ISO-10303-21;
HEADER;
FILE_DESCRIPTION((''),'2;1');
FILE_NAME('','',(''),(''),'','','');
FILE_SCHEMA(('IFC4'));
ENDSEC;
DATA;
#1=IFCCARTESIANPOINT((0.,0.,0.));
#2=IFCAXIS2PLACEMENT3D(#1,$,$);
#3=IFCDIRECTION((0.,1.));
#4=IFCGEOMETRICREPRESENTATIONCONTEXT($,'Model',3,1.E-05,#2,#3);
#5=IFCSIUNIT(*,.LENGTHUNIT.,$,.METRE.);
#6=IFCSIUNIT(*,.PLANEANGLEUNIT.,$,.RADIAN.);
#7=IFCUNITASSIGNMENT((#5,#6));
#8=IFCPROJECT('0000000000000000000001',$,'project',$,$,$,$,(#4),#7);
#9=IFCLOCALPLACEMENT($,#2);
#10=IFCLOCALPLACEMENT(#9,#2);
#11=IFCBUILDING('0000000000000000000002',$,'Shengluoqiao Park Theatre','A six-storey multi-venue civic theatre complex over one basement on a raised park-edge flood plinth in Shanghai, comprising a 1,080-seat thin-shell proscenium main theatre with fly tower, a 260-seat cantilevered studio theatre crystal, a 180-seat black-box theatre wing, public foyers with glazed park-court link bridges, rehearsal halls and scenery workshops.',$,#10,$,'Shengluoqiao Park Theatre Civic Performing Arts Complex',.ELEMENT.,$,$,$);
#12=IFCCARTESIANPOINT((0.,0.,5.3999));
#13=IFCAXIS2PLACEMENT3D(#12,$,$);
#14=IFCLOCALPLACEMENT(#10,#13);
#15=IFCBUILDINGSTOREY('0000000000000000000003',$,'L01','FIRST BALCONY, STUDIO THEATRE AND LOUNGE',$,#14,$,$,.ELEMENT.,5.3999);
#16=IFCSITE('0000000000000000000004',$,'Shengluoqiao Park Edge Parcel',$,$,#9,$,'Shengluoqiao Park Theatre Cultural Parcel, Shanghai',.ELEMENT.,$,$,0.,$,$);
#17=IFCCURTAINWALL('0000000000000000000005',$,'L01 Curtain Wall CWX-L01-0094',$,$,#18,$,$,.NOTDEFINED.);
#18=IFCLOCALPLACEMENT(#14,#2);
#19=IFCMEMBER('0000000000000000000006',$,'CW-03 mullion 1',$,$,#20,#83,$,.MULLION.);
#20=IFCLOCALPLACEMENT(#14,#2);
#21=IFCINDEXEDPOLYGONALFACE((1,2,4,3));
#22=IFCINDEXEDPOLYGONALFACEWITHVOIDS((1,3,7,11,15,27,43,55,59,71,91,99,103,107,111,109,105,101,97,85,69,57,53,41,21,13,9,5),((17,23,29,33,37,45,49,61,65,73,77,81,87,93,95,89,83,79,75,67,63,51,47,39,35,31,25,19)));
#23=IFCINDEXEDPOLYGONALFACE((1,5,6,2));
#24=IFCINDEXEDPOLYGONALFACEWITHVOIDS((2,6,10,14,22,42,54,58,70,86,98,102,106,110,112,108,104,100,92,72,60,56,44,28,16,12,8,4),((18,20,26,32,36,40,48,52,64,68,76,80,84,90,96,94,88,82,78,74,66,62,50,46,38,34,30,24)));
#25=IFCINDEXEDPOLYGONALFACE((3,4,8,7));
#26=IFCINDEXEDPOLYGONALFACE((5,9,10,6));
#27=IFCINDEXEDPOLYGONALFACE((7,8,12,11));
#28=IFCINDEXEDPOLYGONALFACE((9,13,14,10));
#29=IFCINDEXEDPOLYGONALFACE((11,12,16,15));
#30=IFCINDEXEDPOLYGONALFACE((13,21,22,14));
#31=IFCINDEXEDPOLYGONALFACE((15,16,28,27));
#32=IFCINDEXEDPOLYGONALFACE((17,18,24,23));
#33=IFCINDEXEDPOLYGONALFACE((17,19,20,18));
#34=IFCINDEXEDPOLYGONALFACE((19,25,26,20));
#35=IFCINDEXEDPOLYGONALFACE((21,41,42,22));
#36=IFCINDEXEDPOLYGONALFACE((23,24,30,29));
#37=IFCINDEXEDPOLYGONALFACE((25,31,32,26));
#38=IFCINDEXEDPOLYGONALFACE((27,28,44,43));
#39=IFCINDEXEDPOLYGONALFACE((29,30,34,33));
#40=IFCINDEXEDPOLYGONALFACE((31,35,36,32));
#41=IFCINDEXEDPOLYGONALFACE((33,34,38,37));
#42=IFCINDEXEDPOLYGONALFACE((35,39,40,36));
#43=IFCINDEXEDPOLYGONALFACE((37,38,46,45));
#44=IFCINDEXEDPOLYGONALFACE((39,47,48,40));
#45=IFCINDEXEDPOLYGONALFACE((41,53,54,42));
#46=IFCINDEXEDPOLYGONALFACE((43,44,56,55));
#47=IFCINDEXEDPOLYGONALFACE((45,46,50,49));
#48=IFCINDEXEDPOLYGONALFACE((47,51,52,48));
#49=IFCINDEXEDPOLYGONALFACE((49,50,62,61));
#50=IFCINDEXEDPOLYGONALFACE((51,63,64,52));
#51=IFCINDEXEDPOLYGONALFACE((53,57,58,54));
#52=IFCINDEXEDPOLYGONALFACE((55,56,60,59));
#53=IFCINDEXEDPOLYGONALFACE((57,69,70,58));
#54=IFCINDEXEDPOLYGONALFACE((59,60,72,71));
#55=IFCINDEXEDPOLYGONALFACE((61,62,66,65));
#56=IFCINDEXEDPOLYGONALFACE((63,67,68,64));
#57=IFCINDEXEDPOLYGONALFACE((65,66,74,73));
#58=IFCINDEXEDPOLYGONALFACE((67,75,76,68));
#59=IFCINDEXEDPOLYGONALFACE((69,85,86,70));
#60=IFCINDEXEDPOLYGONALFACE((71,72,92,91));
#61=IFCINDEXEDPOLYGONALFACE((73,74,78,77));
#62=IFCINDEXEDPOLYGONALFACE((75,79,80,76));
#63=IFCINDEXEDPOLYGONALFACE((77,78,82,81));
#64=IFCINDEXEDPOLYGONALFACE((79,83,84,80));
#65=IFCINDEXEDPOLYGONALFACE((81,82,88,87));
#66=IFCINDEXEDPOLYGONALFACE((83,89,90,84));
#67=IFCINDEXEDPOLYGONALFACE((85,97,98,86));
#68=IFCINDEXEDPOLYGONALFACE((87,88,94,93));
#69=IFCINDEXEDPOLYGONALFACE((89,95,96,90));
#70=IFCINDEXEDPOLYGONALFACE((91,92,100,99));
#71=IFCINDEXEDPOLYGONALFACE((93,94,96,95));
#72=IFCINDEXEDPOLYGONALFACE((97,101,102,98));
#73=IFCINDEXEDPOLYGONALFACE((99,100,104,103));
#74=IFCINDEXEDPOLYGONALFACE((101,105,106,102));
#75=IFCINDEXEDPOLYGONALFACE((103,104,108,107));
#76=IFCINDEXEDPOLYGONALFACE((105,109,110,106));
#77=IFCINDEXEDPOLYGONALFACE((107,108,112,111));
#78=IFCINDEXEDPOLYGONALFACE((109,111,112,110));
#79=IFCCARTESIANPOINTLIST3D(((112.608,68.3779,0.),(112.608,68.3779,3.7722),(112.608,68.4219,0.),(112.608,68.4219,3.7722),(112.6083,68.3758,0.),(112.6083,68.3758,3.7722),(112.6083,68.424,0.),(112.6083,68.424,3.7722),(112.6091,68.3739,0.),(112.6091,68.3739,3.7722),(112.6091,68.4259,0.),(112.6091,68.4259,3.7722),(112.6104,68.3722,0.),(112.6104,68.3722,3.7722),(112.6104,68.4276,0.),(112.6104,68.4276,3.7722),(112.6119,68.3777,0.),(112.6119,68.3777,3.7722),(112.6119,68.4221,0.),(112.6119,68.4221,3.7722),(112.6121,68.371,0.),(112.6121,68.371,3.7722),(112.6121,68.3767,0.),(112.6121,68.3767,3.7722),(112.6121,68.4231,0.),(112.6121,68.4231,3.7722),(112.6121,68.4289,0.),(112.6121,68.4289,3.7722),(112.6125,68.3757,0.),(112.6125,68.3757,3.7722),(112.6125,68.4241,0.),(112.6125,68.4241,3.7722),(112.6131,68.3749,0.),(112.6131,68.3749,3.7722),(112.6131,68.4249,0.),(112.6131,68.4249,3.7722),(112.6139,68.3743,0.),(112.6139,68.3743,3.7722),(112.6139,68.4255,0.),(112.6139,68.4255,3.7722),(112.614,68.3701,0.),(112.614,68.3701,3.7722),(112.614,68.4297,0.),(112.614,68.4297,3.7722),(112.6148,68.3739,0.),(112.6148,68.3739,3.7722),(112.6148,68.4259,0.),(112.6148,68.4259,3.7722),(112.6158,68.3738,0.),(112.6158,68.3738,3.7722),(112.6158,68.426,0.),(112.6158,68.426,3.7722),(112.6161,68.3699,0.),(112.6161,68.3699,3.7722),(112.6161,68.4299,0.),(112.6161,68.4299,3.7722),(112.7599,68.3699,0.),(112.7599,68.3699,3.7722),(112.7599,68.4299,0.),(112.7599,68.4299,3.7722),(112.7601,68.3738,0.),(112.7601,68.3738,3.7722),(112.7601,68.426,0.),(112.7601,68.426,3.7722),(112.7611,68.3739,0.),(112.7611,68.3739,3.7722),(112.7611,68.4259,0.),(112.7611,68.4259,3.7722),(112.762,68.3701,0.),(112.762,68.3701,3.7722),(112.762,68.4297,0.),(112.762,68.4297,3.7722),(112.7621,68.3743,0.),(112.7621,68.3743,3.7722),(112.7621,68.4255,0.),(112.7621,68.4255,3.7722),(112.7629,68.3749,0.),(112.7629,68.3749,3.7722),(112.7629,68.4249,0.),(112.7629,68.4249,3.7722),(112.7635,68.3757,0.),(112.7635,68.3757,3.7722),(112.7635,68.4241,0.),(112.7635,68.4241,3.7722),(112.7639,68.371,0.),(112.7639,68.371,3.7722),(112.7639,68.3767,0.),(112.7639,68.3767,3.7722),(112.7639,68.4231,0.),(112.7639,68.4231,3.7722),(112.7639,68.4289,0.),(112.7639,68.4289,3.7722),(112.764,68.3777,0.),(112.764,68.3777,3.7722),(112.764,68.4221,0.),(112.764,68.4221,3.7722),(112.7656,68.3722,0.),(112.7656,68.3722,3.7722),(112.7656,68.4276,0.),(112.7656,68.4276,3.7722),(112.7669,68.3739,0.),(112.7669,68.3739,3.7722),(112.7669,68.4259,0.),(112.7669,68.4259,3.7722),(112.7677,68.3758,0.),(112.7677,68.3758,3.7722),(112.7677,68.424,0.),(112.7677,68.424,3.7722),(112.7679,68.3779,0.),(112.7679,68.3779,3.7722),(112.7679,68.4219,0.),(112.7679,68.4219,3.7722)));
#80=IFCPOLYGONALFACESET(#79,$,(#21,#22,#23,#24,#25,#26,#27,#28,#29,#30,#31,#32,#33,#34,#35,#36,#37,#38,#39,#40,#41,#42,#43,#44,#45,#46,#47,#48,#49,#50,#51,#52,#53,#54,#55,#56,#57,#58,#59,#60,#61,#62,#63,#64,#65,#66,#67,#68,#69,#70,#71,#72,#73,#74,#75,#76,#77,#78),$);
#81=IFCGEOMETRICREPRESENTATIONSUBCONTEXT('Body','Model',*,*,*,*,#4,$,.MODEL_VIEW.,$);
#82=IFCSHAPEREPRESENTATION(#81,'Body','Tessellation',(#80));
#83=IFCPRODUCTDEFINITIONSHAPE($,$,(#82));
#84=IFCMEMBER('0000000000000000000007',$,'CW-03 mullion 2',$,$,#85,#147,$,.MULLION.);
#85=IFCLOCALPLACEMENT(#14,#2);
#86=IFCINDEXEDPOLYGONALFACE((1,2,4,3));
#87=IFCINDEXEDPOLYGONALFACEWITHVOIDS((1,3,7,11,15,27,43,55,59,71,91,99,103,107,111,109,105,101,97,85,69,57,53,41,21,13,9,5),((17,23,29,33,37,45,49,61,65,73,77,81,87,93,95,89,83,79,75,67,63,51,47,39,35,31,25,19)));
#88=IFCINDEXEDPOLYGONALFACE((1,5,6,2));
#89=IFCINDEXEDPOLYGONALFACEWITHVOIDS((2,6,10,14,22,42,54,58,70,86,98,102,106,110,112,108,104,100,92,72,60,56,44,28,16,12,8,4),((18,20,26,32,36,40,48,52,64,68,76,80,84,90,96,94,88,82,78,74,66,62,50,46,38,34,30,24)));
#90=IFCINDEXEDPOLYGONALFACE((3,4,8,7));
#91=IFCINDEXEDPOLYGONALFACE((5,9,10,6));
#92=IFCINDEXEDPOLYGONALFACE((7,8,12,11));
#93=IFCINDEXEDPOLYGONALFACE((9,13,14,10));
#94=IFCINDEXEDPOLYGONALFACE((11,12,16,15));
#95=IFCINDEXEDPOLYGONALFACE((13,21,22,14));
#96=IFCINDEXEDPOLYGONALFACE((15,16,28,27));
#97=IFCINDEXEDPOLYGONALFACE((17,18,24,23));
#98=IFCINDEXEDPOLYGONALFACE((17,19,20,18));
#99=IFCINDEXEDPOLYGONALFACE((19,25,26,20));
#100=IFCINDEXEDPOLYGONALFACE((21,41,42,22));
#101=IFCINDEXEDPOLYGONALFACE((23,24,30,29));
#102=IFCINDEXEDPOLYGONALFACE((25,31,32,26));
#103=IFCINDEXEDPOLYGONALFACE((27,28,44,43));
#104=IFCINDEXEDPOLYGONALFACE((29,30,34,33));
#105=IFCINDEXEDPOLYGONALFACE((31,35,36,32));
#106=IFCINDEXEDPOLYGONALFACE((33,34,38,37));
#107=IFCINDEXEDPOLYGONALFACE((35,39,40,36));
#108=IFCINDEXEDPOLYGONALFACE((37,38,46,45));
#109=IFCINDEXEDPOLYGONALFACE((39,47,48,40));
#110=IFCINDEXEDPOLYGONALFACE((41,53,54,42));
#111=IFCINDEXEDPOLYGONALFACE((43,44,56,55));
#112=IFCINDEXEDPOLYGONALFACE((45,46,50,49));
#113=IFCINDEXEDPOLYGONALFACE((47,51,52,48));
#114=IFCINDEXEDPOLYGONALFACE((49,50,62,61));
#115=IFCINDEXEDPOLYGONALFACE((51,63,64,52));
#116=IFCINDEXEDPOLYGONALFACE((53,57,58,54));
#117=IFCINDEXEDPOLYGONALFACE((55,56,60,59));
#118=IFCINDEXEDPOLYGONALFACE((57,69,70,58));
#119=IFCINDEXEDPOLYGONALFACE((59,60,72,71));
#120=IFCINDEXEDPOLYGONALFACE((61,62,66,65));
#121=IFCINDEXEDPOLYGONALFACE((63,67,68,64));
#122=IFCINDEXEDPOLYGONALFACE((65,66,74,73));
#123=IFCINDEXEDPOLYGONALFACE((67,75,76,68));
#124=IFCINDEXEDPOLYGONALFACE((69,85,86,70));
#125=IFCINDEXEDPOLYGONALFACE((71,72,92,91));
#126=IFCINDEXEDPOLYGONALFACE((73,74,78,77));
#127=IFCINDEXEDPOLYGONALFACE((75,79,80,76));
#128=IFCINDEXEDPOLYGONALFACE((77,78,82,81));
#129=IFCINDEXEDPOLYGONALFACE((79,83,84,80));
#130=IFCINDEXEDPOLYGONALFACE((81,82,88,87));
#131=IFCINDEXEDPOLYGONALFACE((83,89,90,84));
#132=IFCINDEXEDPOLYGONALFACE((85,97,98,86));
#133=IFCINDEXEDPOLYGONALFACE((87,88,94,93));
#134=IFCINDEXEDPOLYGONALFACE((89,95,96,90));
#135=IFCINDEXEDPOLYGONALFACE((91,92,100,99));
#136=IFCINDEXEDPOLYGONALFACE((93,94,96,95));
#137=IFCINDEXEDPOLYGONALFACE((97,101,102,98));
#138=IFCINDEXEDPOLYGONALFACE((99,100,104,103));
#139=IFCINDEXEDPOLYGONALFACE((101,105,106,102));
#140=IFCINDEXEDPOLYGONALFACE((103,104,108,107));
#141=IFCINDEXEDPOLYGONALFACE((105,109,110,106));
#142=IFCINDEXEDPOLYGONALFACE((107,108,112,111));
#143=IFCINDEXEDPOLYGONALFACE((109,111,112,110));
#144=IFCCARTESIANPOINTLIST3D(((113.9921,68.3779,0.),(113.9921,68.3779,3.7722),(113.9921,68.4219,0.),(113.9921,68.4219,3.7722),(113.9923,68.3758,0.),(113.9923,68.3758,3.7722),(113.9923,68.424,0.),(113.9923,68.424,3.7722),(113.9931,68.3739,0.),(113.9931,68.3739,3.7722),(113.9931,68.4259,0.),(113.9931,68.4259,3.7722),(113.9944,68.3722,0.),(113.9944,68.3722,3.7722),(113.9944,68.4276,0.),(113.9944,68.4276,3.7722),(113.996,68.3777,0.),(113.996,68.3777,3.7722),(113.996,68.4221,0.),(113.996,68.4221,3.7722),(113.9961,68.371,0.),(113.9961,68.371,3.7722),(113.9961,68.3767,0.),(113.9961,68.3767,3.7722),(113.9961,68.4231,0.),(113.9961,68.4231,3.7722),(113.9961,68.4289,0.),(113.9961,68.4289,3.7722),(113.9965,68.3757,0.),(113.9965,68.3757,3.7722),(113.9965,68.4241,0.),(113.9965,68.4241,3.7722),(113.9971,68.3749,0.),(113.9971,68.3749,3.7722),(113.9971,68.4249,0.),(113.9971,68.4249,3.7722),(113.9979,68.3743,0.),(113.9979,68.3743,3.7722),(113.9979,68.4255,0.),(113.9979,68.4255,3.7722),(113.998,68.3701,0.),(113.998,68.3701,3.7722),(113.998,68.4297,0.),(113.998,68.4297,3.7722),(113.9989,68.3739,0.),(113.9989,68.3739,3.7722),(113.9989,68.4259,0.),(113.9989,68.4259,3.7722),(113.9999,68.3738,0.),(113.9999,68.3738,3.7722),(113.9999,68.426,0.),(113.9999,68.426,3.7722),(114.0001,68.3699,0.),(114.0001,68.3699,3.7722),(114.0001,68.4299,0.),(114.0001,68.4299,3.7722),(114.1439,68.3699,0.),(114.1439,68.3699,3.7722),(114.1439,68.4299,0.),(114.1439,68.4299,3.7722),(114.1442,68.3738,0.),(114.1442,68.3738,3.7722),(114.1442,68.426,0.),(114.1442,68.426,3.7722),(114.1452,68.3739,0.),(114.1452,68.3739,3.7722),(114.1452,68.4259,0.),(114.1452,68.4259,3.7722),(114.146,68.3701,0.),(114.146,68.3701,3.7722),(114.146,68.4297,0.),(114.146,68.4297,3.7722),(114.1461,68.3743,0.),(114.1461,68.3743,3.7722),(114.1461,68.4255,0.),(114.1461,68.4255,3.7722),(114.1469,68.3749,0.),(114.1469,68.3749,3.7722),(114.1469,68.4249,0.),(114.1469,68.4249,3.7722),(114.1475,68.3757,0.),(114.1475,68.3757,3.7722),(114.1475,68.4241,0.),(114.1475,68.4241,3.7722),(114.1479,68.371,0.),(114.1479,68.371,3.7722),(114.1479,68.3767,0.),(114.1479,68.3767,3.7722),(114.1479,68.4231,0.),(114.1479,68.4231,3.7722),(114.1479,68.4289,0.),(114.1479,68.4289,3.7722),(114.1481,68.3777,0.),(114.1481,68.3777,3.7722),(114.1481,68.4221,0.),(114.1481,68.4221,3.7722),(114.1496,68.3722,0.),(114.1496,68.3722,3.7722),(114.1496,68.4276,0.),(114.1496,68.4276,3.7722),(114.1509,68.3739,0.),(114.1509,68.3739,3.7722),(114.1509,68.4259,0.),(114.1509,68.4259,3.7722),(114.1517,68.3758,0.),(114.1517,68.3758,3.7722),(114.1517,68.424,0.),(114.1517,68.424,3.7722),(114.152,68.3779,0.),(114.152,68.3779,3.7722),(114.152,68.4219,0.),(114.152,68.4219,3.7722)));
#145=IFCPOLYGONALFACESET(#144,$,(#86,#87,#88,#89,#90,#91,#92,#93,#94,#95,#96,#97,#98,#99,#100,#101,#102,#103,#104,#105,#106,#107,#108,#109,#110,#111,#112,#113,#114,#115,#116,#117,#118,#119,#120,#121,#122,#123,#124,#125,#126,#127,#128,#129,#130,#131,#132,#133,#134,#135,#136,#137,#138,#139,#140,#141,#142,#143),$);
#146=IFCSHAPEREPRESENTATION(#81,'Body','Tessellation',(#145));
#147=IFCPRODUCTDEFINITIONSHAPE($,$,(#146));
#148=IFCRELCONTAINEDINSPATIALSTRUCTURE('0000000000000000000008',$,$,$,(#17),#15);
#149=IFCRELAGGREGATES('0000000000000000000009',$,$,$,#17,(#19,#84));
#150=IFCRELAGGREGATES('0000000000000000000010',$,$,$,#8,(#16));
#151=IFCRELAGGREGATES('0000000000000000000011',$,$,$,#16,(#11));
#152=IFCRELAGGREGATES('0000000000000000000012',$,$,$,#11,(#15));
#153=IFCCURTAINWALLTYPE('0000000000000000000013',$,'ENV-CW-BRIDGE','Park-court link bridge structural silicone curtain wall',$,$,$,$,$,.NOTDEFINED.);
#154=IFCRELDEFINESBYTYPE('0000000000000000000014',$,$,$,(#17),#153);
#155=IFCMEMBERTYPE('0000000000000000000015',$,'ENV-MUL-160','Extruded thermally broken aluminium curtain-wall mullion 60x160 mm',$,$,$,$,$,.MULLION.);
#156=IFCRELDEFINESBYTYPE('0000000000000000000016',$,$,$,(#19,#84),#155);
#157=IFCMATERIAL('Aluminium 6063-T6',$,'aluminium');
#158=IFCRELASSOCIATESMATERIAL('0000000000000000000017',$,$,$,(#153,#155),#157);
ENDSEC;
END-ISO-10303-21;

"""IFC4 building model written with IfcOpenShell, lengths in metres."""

from ifc_helpers import new_model, si_unit, direction, frame, origin, origin_2d, place, context, subcontext, project, spatial, hollow_rectangle, extrude, material, material_profile, profile_set, type_object, element, aggregate, save


model = new_model("IFC4")

# Units and contexts
model_context = context("Model", 3, precision=1e-05, world=origin(), true_north=direction((0.0, 1.0)))
body_context = subcontext(model_context, "Body", "Model", "MODEL_VIEW")
ifc_project = project(units=[si_unit("LENGTHUNIT", "METRE"), si_unit("PLANEANGLEUNIT", "RADIAN")], contexts=[model_context])

# Site, building, storey
site_placement = place(None, origin())
site = spatial("IfcSite", under=ifc_project, at=site_placement, Name="Shengluoqiao Park Edge Parcel", LongName="Shengluoqiao Park Theatre Cultural Parcel, Shanghai", CompositionType="ELEMENT", RefElevation=0.0)
building_placement = place(site_placement, origin())
building = spatial("IfcBuilding", under=site, at=building_placement, Name="Shengluoqiao Park Theatre", Description="A six-storey multi-venue civic theatre complex over one basement on a raised park-edge flood plinth in Shanghai, comprising a 1,080-seat thin-shell proscenium main theatre with fly tower, a 260-seat cantilevered studio theatre crystal, a 180-seat black-box theatre wing, public foyers with glazed park-court link bridges, rehearsal halls and scenery workshops.", LongName="Shengluoqiao Park Theatre Civic Performing Arts Complex", CompositionType="ELEMENT")
storey_placement = place(building_placement, frame((0.0, 0.0, 5.3999)))
storey = spatial("IfcBuildingStorey", under=building, at=storey_placement, Name="L01", Description="FIRST BALCONY, STUDIO THEATRE AND LOUNGE", CompositionType="ELEMENT", Elevation=5.3999)

# Curtain wall, members
ifc_material_1 = material(Name="Aluminium 6063-T6", Category="aluminium")
curtain_wall_type = type_object("IfcCurtainWallType", Name="ENV-CW-BRIDGE", Description="Park-court link bridge structural silicone curtain wall", PredefinedType="NOTDEFINED", material=ifc_material_1)
ifc_material_profile_1 = material_profile(ifc_material_1, hollow_rectangle(XDim=0.0601, YDim=0.1599, WallThickness=0.0039, InnerFilletRadius=0.0039, OuterFilletRadius=0.0081, at=origin_2d()), Name="ALU MULLION 160x60x4")
ifc_profile_set_1 = profile_set([ifc_material_profile_1], Name="Aluminium 6063-T6")
member_type_1 = type_object("IfcMemberType", Name="ENV-MUL-160", Description="Extruded thermally broken aluminium curtain-wall mullion 60x160 mm", PredefinedType="MULLION", material=ifc_profile_set_1)
curtain_wall_1_placement = place(storey_placement, origin())
curtain_wall_1 = element("IfcCurtainWall", 1, at=curtain_wall_1_placement, inside=storey, type_object=curtain_wall_type, Name="L01 Curtain Wall CWX-L01-0094", PredefinedType="NOTDEFINED")
member_1_placement = place(storey_placement, frame((112.688, 68.3999, 0.0), z_axis=(0.0, 0.0, 1.0), x_axis=(0.0, 1.0, 0.0)))
member_1 = element("IfcMember", 2, at=member_1_placement, type_object=member_type_1, Name="CW-03 mullion 1", PredefinedType="MULLION", context=body_context, shape_type="SweptSolid", body=[
    extrude(hollow_rectangle(XDim=0.0601, YDim=0.1599, WallThickness=0.0039, InnerFilletRadius=0.0039, OuterFilletRadius=0.0081, at=origin_2d()), origin(), (0.0, 0.0, 1.0), 3.7722),
])
member_2_placement = place(storey_placement, frame((114.072, 68.3999, 0.0), z_axis=(0.0, 0.0, 1.0), x_axis=(0.0, 1.0, 0.0)))
member_2 = element("IfcMember", 3, at=member_2_placement, type_object=member_type_1, Name="CW-03 mullion 2", PredefinedType="MULLION", context=body_context, shape_type="SweptSolid", body=[
    extrude(hollow_rectangle(XDim=0.0601, YDim=0.1599, WallThickness=0.0039, InnerFilletRadius=0.0039, OuterFilletRadius=0.0081, at=origin_2d()), origin(), (0.0, 0.0, 1.0), 3.7722),
])

aggregate(curtain_wall_1, [member_1, member_2])

save(model, "model.ifc")
